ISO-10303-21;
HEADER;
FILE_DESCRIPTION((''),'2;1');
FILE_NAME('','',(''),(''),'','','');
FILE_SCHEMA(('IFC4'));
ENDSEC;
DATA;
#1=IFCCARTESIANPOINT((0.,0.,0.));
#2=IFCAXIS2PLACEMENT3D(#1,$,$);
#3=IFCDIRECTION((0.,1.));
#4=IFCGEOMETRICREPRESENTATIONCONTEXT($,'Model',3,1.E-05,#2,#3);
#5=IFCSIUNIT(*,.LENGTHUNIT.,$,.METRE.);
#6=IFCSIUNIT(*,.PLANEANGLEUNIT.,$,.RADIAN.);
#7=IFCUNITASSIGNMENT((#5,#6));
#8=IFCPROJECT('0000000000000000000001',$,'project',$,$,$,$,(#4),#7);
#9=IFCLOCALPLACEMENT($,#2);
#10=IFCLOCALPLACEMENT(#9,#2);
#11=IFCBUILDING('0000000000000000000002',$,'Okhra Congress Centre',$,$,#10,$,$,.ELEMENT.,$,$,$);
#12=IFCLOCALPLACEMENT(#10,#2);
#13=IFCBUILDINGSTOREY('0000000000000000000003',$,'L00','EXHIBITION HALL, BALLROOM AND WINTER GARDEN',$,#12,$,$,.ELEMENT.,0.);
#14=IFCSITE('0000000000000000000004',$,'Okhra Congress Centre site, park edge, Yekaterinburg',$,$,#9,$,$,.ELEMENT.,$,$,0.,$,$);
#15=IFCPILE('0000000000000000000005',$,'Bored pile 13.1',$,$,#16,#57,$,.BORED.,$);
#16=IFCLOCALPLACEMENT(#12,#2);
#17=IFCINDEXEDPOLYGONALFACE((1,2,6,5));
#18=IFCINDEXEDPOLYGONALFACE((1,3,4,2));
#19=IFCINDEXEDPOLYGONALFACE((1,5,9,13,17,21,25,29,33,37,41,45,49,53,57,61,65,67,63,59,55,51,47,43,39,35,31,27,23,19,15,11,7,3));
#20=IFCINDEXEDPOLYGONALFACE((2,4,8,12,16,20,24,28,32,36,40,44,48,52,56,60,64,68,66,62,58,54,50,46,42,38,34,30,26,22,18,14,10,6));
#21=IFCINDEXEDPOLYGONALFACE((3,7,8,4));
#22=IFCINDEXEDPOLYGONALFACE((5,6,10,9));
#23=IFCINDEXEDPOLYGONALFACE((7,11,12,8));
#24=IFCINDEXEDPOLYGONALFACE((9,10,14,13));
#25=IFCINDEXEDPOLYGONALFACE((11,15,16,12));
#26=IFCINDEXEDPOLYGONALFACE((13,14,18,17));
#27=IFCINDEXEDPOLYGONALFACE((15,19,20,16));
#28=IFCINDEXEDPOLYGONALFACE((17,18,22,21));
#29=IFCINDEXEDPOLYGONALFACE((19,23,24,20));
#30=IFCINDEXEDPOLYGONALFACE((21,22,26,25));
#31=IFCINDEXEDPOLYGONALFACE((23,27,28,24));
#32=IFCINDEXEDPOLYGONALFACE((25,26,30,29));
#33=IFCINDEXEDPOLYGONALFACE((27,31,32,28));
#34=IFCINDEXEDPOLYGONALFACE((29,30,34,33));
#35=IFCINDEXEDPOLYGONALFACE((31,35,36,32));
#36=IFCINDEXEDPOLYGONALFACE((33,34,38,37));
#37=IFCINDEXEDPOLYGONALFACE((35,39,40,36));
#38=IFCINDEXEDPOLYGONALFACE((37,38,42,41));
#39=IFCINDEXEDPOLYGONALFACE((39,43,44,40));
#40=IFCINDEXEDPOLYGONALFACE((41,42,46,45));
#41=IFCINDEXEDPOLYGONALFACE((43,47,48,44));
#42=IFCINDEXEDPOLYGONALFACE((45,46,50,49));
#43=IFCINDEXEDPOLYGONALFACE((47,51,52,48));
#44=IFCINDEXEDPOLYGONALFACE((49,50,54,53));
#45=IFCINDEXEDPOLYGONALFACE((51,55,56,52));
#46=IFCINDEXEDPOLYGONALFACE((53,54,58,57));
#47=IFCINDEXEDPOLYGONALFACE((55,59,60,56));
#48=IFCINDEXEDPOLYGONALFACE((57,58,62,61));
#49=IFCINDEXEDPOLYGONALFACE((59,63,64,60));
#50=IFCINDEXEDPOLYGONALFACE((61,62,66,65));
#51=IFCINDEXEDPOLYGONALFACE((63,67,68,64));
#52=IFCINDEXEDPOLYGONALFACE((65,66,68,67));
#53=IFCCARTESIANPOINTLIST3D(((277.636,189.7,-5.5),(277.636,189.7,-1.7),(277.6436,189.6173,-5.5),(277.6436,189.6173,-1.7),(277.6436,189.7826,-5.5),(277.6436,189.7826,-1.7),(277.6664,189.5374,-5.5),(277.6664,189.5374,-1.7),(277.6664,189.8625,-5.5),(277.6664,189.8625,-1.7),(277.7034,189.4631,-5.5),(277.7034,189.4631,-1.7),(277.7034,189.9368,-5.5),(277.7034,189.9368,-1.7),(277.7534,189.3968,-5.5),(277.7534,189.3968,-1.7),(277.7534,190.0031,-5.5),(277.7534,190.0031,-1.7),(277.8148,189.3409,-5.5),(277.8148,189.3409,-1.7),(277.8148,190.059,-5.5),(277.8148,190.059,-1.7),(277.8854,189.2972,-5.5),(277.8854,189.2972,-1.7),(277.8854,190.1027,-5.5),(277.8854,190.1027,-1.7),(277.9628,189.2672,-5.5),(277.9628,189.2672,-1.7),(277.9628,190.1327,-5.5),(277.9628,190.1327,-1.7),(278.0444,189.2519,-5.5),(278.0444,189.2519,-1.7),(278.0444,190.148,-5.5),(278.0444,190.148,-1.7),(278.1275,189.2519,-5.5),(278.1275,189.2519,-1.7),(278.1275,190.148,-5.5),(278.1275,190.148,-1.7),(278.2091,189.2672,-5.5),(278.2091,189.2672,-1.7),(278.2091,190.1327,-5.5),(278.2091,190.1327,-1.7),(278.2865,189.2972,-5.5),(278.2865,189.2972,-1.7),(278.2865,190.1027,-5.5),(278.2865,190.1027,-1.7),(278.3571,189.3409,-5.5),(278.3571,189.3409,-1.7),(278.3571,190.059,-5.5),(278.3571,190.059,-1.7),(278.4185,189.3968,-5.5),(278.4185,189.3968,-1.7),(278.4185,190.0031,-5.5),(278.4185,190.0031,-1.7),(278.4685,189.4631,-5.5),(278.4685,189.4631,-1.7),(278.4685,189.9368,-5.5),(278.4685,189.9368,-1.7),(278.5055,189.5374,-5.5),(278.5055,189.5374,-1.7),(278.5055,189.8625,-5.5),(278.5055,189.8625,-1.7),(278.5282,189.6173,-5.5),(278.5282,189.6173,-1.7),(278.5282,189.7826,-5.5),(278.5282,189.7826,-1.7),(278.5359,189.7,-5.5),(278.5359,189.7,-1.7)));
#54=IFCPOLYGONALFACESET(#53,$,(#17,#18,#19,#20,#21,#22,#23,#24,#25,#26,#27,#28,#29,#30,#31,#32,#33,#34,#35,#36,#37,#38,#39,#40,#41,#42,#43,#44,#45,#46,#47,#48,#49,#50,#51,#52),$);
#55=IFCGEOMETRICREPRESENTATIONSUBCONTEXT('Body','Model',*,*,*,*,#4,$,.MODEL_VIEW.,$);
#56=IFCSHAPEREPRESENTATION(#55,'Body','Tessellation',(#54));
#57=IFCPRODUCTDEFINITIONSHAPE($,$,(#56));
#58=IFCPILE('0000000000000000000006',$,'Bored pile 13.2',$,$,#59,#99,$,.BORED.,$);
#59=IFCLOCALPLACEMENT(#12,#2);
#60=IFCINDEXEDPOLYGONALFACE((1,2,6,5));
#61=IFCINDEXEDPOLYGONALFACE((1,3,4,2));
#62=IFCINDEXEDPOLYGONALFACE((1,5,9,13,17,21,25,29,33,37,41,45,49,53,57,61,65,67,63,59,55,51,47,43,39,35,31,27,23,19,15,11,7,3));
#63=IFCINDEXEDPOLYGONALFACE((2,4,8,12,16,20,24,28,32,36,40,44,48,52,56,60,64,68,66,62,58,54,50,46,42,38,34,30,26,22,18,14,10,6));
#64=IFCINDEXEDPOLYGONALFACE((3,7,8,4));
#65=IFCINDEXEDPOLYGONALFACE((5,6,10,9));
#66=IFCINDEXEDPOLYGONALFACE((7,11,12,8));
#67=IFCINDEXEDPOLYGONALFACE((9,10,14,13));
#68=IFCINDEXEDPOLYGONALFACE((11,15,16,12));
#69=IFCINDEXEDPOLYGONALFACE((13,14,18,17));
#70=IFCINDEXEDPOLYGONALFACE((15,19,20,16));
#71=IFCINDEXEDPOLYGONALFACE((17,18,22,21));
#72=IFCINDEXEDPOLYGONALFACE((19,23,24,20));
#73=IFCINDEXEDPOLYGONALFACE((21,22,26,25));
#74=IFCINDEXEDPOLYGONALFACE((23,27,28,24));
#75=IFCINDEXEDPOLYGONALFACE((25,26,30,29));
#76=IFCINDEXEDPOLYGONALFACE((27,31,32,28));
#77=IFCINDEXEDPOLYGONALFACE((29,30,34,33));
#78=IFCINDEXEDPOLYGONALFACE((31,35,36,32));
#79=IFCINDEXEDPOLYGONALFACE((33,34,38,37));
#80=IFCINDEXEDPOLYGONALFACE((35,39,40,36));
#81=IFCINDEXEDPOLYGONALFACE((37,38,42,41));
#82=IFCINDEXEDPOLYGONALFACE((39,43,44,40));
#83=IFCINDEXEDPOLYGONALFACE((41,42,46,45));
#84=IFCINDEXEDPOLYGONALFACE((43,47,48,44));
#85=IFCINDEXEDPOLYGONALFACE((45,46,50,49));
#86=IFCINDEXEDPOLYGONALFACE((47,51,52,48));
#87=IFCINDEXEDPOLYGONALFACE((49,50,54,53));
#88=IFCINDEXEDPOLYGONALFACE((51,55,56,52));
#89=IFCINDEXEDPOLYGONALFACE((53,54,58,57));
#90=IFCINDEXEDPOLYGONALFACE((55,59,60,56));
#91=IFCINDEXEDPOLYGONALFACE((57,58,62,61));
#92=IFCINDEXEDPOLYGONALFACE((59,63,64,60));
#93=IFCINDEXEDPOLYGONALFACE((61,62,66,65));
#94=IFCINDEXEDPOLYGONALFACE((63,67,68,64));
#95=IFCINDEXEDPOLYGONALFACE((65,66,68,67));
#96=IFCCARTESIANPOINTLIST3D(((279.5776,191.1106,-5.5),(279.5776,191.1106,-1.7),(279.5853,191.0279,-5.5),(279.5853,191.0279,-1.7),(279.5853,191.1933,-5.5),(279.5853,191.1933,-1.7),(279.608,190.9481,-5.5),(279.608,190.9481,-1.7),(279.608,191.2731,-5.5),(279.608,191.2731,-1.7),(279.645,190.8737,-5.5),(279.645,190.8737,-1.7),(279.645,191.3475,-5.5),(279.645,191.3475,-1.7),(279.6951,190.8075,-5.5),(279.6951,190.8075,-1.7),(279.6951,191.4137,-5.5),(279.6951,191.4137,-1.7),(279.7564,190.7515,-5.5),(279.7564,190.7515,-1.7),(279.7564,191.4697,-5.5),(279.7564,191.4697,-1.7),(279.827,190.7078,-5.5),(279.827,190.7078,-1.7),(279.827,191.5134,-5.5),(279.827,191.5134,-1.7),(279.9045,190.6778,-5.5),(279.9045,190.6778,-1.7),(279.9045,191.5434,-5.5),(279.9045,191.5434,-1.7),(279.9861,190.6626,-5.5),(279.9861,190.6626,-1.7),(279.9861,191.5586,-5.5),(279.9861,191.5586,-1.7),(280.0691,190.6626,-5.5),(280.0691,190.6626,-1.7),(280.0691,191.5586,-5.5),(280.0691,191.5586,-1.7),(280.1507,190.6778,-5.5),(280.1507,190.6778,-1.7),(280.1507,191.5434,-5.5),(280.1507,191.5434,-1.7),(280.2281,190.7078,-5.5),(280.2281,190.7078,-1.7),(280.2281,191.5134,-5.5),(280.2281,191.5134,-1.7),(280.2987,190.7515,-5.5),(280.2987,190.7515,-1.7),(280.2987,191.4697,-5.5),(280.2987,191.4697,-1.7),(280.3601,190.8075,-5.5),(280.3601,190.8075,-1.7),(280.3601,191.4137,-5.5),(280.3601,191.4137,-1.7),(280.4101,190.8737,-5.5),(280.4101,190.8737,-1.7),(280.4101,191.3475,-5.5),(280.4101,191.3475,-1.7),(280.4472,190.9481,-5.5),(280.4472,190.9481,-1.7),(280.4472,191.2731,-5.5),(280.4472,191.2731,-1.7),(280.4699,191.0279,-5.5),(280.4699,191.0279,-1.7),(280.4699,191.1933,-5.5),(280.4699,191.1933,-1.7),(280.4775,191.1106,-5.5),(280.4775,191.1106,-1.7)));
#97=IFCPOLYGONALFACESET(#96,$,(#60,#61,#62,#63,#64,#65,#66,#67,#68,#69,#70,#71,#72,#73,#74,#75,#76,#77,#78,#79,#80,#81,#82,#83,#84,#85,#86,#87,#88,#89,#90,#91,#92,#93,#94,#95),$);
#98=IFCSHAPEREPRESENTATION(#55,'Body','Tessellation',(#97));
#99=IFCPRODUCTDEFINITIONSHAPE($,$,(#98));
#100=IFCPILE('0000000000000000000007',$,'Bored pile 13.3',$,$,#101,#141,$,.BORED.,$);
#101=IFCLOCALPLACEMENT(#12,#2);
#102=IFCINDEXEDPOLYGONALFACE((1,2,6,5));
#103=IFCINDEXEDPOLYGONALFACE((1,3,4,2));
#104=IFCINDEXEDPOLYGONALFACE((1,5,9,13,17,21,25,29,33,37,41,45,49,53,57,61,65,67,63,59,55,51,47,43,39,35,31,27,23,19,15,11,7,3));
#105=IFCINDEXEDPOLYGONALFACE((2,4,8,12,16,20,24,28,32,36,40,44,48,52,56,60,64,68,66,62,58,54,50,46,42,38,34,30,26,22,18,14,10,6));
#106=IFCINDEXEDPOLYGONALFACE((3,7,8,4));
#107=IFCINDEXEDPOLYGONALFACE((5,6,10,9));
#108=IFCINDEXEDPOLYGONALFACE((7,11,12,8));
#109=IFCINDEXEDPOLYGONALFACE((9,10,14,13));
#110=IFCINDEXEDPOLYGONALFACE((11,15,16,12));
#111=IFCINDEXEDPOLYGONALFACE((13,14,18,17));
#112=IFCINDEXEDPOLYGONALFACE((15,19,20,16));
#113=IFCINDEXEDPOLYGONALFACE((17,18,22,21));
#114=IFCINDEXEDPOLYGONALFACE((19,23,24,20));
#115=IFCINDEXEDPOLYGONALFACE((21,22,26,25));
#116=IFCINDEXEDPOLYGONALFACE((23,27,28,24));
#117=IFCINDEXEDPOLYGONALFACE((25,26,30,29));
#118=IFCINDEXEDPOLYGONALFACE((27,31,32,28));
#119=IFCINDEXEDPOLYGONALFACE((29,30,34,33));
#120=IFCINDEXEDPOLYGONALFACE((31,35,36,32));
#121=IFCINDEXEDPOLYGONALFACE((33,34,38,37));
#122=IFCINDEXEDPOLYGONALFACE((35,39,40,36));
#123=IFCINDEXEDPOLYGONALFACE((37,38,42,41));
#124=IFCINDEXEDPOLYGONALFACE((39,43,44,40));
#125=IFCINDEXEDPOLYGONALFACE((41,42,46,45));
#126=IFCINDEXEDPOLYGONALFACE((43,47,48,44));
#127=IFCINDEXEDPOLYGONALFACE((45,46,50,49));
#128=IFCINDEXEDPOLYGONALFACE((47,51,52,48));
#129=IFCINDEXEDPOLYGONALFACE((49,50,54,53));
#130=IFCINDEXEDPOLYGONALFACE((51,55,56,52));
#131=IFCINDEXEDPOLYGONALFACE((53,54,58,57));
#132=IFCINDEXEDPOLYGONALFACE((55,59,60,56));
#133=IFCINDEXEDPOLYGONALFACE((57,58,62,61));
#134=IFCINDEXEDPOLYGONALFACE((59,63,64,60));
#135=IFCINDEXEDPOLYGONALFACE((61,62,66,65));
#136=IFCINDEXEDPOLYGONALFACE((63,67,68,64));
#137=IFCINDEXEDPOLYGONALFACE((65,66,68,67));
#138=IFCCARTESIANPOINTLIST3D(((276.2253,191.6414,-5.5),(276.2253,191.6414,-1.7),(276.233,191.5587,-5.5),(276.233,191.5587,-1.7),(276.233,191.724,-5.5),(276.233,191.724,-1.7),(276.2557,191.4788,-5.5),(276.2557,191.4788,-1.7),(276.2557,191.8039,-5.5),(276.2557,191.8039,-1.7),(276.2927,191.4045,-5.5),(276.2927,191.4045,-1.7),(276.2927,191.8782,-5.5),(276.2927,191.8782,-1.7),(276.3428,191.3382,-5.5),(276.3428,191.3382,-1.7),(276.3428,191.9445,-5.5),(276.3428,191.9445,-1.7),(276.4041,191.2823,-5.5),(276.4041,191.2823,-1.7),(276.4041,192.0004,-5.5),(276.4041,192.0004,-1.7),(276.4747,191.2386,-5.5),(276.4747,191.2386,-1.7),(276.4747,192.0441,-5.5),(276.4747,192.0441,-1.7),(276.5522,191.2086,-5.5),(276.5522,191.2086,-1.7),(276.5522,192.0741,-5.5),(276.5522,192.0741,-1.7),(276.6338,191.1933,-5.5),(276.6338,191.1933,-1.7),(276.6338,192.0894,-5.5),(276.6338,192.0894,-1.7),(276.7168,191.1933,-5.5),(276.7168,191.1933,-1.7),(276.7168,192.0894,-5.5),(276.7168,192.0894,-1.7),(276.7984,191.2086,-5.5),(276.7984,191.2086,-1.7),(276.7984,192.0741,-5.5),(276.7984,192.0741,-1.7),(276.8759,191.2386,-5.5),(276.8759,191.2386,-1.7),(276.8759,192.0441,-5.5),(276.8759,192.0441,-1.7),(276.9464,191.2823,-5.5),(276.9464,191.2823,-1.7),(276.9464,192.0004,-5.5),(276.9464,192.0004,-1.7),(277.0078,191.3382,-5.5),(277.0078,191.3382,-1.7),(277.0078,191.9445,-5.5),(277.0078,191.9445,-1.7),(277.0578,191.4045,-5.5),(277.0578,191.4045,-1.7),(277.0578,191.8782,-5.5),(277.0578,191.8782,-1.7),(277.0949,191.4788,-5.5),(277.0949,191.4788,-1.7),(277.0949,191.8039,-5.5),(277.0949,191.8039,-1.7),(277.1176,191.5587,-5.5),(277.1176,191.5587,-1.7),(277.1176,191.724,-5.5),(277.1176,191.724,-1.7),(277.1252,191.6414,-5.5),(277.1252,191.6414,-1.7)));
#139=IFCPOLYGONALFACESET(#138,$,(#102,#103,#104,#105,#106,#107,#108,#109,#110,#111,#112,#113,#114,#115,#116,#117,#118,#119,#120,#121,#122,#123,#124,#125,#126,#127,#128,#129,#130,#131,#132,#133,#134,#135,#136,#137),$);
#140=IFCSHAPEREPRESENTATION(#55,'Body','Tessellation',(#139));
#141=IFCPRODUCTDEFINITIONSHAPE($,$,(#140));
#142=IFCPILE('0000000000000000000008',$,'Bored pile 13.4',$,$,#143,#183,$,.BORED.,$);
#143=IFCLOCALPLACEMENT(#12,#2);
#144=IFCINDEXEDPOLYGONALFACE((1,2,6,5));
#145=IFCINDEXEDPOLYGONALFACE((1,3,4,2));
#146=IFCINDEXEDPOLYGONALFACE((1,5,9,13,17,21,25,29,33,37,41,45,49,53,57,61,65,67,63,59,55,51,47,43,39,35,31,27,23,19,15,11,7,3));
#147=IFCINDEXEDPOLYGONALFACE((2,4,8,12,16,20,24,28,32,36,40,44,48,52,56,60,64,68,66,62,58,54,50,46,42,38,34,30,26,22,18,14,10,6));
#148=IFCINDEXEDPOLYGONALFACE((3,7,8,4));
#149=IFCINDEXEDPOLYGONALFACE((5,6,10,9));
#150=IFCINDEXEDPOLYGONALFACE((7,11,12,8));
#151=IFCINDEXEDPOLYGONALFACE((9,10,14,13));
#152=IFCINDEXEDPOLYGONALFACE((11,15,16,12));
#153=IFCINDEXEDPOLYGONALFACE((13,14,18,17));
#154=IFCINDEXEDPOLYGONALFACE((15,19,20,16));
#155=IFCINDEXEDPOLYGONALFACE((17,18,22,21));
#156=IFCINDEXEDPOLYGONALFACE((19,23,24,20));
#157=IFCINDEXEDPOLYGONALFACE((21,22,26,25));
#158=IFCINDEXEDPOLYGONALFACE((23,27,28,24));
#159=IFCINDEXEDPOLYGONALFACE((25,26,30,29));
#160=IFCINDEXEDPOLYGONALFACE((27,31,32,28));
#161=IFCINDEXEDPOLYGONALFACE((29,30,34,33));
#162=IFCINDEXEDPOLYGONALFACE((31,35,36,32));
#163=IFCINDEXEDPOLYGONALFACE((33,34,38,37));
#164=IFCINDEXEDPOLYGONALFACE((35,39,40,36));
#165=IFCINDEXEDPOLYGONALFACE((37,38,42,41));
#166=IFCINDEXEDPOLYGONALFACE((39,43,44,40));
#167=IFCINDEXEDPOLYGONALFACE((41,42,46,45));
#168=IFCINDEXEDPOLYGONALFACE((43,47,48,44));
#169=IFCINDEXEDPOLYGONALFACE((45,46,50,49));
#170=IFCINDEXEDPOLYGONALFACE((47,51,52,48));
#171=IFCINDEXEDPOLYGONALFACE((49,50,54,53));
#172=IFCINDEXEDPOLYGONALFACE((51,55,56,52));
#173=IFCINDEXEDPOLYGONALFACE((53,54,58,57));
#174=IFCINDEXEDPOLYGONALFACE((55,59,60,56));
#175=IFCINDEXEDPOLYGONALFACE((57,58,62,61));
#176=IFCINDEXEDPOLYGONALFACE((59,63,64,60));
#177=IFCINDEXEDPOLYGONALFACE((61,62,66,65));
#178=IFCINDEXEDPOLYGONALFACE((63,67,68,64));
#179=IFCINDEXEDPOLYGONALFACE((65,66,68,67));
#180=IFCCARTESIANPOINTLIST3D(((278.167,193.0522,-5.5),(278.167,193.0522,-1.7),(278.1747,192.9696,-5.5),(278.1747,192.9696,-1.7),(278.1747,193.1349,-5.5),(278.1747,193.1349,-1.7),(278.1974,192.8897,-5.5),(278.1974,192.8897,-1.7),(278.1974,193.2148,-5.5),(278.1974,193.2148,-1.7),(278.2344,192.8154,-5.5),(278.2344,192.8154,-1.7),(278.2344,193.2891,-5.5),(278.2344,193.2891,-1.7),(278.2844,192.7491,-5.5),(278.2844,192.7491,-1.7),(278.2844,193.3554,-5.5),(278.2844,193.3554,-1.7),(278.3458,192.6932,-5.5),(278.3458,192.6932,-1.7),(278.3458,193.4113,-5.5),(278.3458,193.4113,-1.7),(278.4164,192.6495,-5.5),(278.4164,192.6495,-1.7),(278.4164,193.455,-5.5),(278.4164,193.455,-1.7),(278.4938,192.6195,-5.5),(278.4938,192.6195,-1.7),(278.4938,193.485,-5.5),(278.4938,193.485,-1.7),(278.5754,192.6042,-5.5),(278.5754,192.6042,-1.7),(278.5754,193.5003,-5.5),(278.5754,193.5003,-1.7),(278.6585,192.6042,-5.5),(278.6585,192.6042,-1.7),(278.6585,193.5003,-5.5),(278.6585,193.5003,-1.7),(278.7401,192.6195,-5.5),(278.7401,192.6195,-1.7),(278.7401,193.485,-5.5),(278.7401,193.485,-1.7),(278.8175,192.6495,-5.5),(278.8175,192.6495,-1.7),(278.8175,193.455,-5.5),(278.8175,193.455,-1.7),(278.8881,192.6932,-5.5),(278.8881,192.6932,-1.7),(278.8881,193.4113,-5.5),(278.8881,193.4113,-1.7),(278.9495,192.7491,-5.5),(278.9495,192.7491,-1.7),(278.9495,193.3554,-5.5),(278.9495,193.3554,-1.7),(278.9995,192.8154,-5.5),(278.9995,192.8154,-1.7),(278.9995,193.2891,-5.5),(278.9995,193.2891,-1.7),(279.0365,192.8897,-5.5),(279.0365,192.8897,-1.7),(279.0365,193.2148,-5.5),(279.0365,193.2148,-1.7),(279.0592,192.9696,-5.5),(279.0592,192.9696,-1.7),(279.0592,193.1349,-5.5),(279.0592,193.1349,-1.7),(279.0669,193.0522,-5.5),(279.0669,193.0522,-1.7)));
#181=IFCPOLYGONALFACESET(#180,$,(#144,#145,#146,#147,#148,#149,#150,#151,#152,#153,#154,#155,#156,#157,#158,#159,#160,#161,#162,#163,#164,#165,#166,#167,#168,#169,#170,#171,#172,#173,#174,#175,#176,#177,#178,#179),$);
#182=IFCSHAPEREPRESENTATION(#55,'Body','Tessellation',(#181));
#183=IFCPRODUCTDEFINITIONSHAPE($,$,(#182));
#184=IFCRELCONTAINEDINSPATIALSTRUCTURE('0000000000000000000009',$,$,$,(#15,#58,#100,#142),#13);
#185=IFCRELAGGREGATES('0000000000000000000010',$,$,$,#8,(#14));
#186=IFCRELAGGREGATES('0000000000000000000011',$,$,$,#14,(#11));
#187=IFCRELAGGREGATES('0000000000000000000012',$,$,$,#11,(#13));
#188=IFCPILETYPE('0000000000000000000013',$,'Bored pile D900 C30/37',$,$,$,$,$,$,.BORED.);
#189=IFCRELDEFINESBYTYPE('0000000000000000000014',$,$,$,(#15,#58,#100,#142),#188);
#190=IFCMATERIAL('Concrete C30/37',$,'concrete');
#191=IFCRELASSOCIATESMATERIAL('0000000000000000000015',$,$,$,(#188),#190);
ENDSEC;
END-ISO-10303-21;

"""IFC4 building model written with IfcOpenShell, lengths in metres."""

from ifc_helpers import new_model, si_unit, direction, frame, origin, origin_2d, place, context, subcontext, project, spatial, circle, extrude, material, material_profile, profile_set, type_object, element, save


model = new_model("IFC4")

# Units and contexts
model_context = context("Model", 3, precision=1e-05, world=origin(), true_north=direction((0.0, 1.0)))
body_context = subcontext(model_context, "Body", "Model", "MODEL_VIEW")
ifc_project = project(units=[si_unit("LENGTHUNIT", "METRE"), si_unit("PLANEANGLEUNIT", "RADIAN")], contexts=[model_context])

# Site, building, storey
site_placement = place(None, origin())
site = spatial("IfcSite", under=ifc_project, at=site_placement, Name="Okhra Congress Centre site, park edge, Yekaterinburg", CompositionType="ELEMENT", RefElevation=0.0)
building_placement = place(site_placement, origin())
building = spatial("IfcBuilding", under=site, at=building_placement, Name="Okhra Congress Centre", CompositionType="ELEMENT")
storey_placement = place(building_placement, origin())
storey = spatial("IfcBuildingStorey", under=building, at=storey_placement, Name="L00", Description="EXHIBITION HALL, BALLROOM AND WINTER GARDEN", CompositionType="ELEMENT", Elevation=0.0)

# Piles
ifc_material_1 = material(Name="Concrete C30/37", Category="concrete")
ifc_material_profile_1 = material_profile(ifc_material_1, circle(Radius=0.45, at=origin_2d()), Name="D900")
ifc_profile_set_1 = profile_set([ifc_material_profile_1], Name="Concrete C30/37")
pile_type = type_object("IfcPileType", Name="Bored pile D900 C30/37", PredefinedType="BORED", material=ifc_profile_set_1)
for number, where, z_axis, x_axis, name in (
    (1, (278.0859, 189.7, -1.7), (0.0, 0.0, -1.0), (1.0, 0.0, 0.0), "Bored pile 13.1"),
    (2, (280.0276, 191.1106, -1.7), (0.0, 0.0, -1.0), (1.0, 0.0, 0.0), "Bored pile 13.2"),
    (3, (276.6753, 191.6414, -1.7), (0.0, 0.0, -1.0), (1.0, 0.0, 0.0), "Bored pile 13.3"),
    (4, (278.6169, 193.0522, -1.7), (0.0, 0.0, -1.0), (1.0, 0.0, 0.0), "Bored pile 13.4"),
):
    element("IfcPile", number, at=place(storey_placement, frame(where, z_axis=z_axis, x_axis=x_axis)), inside=storey, type_object=pile_type, Name=name, PredefinedType="BORED", context=body_context, shape_type="SweptSolid", body=[
        extrude(circle(Radius=0.45, at=origin_2d()), origin(), (0.0, 0.0, 1.0), 3.8),
    ])

save(model, "model.ifc")
